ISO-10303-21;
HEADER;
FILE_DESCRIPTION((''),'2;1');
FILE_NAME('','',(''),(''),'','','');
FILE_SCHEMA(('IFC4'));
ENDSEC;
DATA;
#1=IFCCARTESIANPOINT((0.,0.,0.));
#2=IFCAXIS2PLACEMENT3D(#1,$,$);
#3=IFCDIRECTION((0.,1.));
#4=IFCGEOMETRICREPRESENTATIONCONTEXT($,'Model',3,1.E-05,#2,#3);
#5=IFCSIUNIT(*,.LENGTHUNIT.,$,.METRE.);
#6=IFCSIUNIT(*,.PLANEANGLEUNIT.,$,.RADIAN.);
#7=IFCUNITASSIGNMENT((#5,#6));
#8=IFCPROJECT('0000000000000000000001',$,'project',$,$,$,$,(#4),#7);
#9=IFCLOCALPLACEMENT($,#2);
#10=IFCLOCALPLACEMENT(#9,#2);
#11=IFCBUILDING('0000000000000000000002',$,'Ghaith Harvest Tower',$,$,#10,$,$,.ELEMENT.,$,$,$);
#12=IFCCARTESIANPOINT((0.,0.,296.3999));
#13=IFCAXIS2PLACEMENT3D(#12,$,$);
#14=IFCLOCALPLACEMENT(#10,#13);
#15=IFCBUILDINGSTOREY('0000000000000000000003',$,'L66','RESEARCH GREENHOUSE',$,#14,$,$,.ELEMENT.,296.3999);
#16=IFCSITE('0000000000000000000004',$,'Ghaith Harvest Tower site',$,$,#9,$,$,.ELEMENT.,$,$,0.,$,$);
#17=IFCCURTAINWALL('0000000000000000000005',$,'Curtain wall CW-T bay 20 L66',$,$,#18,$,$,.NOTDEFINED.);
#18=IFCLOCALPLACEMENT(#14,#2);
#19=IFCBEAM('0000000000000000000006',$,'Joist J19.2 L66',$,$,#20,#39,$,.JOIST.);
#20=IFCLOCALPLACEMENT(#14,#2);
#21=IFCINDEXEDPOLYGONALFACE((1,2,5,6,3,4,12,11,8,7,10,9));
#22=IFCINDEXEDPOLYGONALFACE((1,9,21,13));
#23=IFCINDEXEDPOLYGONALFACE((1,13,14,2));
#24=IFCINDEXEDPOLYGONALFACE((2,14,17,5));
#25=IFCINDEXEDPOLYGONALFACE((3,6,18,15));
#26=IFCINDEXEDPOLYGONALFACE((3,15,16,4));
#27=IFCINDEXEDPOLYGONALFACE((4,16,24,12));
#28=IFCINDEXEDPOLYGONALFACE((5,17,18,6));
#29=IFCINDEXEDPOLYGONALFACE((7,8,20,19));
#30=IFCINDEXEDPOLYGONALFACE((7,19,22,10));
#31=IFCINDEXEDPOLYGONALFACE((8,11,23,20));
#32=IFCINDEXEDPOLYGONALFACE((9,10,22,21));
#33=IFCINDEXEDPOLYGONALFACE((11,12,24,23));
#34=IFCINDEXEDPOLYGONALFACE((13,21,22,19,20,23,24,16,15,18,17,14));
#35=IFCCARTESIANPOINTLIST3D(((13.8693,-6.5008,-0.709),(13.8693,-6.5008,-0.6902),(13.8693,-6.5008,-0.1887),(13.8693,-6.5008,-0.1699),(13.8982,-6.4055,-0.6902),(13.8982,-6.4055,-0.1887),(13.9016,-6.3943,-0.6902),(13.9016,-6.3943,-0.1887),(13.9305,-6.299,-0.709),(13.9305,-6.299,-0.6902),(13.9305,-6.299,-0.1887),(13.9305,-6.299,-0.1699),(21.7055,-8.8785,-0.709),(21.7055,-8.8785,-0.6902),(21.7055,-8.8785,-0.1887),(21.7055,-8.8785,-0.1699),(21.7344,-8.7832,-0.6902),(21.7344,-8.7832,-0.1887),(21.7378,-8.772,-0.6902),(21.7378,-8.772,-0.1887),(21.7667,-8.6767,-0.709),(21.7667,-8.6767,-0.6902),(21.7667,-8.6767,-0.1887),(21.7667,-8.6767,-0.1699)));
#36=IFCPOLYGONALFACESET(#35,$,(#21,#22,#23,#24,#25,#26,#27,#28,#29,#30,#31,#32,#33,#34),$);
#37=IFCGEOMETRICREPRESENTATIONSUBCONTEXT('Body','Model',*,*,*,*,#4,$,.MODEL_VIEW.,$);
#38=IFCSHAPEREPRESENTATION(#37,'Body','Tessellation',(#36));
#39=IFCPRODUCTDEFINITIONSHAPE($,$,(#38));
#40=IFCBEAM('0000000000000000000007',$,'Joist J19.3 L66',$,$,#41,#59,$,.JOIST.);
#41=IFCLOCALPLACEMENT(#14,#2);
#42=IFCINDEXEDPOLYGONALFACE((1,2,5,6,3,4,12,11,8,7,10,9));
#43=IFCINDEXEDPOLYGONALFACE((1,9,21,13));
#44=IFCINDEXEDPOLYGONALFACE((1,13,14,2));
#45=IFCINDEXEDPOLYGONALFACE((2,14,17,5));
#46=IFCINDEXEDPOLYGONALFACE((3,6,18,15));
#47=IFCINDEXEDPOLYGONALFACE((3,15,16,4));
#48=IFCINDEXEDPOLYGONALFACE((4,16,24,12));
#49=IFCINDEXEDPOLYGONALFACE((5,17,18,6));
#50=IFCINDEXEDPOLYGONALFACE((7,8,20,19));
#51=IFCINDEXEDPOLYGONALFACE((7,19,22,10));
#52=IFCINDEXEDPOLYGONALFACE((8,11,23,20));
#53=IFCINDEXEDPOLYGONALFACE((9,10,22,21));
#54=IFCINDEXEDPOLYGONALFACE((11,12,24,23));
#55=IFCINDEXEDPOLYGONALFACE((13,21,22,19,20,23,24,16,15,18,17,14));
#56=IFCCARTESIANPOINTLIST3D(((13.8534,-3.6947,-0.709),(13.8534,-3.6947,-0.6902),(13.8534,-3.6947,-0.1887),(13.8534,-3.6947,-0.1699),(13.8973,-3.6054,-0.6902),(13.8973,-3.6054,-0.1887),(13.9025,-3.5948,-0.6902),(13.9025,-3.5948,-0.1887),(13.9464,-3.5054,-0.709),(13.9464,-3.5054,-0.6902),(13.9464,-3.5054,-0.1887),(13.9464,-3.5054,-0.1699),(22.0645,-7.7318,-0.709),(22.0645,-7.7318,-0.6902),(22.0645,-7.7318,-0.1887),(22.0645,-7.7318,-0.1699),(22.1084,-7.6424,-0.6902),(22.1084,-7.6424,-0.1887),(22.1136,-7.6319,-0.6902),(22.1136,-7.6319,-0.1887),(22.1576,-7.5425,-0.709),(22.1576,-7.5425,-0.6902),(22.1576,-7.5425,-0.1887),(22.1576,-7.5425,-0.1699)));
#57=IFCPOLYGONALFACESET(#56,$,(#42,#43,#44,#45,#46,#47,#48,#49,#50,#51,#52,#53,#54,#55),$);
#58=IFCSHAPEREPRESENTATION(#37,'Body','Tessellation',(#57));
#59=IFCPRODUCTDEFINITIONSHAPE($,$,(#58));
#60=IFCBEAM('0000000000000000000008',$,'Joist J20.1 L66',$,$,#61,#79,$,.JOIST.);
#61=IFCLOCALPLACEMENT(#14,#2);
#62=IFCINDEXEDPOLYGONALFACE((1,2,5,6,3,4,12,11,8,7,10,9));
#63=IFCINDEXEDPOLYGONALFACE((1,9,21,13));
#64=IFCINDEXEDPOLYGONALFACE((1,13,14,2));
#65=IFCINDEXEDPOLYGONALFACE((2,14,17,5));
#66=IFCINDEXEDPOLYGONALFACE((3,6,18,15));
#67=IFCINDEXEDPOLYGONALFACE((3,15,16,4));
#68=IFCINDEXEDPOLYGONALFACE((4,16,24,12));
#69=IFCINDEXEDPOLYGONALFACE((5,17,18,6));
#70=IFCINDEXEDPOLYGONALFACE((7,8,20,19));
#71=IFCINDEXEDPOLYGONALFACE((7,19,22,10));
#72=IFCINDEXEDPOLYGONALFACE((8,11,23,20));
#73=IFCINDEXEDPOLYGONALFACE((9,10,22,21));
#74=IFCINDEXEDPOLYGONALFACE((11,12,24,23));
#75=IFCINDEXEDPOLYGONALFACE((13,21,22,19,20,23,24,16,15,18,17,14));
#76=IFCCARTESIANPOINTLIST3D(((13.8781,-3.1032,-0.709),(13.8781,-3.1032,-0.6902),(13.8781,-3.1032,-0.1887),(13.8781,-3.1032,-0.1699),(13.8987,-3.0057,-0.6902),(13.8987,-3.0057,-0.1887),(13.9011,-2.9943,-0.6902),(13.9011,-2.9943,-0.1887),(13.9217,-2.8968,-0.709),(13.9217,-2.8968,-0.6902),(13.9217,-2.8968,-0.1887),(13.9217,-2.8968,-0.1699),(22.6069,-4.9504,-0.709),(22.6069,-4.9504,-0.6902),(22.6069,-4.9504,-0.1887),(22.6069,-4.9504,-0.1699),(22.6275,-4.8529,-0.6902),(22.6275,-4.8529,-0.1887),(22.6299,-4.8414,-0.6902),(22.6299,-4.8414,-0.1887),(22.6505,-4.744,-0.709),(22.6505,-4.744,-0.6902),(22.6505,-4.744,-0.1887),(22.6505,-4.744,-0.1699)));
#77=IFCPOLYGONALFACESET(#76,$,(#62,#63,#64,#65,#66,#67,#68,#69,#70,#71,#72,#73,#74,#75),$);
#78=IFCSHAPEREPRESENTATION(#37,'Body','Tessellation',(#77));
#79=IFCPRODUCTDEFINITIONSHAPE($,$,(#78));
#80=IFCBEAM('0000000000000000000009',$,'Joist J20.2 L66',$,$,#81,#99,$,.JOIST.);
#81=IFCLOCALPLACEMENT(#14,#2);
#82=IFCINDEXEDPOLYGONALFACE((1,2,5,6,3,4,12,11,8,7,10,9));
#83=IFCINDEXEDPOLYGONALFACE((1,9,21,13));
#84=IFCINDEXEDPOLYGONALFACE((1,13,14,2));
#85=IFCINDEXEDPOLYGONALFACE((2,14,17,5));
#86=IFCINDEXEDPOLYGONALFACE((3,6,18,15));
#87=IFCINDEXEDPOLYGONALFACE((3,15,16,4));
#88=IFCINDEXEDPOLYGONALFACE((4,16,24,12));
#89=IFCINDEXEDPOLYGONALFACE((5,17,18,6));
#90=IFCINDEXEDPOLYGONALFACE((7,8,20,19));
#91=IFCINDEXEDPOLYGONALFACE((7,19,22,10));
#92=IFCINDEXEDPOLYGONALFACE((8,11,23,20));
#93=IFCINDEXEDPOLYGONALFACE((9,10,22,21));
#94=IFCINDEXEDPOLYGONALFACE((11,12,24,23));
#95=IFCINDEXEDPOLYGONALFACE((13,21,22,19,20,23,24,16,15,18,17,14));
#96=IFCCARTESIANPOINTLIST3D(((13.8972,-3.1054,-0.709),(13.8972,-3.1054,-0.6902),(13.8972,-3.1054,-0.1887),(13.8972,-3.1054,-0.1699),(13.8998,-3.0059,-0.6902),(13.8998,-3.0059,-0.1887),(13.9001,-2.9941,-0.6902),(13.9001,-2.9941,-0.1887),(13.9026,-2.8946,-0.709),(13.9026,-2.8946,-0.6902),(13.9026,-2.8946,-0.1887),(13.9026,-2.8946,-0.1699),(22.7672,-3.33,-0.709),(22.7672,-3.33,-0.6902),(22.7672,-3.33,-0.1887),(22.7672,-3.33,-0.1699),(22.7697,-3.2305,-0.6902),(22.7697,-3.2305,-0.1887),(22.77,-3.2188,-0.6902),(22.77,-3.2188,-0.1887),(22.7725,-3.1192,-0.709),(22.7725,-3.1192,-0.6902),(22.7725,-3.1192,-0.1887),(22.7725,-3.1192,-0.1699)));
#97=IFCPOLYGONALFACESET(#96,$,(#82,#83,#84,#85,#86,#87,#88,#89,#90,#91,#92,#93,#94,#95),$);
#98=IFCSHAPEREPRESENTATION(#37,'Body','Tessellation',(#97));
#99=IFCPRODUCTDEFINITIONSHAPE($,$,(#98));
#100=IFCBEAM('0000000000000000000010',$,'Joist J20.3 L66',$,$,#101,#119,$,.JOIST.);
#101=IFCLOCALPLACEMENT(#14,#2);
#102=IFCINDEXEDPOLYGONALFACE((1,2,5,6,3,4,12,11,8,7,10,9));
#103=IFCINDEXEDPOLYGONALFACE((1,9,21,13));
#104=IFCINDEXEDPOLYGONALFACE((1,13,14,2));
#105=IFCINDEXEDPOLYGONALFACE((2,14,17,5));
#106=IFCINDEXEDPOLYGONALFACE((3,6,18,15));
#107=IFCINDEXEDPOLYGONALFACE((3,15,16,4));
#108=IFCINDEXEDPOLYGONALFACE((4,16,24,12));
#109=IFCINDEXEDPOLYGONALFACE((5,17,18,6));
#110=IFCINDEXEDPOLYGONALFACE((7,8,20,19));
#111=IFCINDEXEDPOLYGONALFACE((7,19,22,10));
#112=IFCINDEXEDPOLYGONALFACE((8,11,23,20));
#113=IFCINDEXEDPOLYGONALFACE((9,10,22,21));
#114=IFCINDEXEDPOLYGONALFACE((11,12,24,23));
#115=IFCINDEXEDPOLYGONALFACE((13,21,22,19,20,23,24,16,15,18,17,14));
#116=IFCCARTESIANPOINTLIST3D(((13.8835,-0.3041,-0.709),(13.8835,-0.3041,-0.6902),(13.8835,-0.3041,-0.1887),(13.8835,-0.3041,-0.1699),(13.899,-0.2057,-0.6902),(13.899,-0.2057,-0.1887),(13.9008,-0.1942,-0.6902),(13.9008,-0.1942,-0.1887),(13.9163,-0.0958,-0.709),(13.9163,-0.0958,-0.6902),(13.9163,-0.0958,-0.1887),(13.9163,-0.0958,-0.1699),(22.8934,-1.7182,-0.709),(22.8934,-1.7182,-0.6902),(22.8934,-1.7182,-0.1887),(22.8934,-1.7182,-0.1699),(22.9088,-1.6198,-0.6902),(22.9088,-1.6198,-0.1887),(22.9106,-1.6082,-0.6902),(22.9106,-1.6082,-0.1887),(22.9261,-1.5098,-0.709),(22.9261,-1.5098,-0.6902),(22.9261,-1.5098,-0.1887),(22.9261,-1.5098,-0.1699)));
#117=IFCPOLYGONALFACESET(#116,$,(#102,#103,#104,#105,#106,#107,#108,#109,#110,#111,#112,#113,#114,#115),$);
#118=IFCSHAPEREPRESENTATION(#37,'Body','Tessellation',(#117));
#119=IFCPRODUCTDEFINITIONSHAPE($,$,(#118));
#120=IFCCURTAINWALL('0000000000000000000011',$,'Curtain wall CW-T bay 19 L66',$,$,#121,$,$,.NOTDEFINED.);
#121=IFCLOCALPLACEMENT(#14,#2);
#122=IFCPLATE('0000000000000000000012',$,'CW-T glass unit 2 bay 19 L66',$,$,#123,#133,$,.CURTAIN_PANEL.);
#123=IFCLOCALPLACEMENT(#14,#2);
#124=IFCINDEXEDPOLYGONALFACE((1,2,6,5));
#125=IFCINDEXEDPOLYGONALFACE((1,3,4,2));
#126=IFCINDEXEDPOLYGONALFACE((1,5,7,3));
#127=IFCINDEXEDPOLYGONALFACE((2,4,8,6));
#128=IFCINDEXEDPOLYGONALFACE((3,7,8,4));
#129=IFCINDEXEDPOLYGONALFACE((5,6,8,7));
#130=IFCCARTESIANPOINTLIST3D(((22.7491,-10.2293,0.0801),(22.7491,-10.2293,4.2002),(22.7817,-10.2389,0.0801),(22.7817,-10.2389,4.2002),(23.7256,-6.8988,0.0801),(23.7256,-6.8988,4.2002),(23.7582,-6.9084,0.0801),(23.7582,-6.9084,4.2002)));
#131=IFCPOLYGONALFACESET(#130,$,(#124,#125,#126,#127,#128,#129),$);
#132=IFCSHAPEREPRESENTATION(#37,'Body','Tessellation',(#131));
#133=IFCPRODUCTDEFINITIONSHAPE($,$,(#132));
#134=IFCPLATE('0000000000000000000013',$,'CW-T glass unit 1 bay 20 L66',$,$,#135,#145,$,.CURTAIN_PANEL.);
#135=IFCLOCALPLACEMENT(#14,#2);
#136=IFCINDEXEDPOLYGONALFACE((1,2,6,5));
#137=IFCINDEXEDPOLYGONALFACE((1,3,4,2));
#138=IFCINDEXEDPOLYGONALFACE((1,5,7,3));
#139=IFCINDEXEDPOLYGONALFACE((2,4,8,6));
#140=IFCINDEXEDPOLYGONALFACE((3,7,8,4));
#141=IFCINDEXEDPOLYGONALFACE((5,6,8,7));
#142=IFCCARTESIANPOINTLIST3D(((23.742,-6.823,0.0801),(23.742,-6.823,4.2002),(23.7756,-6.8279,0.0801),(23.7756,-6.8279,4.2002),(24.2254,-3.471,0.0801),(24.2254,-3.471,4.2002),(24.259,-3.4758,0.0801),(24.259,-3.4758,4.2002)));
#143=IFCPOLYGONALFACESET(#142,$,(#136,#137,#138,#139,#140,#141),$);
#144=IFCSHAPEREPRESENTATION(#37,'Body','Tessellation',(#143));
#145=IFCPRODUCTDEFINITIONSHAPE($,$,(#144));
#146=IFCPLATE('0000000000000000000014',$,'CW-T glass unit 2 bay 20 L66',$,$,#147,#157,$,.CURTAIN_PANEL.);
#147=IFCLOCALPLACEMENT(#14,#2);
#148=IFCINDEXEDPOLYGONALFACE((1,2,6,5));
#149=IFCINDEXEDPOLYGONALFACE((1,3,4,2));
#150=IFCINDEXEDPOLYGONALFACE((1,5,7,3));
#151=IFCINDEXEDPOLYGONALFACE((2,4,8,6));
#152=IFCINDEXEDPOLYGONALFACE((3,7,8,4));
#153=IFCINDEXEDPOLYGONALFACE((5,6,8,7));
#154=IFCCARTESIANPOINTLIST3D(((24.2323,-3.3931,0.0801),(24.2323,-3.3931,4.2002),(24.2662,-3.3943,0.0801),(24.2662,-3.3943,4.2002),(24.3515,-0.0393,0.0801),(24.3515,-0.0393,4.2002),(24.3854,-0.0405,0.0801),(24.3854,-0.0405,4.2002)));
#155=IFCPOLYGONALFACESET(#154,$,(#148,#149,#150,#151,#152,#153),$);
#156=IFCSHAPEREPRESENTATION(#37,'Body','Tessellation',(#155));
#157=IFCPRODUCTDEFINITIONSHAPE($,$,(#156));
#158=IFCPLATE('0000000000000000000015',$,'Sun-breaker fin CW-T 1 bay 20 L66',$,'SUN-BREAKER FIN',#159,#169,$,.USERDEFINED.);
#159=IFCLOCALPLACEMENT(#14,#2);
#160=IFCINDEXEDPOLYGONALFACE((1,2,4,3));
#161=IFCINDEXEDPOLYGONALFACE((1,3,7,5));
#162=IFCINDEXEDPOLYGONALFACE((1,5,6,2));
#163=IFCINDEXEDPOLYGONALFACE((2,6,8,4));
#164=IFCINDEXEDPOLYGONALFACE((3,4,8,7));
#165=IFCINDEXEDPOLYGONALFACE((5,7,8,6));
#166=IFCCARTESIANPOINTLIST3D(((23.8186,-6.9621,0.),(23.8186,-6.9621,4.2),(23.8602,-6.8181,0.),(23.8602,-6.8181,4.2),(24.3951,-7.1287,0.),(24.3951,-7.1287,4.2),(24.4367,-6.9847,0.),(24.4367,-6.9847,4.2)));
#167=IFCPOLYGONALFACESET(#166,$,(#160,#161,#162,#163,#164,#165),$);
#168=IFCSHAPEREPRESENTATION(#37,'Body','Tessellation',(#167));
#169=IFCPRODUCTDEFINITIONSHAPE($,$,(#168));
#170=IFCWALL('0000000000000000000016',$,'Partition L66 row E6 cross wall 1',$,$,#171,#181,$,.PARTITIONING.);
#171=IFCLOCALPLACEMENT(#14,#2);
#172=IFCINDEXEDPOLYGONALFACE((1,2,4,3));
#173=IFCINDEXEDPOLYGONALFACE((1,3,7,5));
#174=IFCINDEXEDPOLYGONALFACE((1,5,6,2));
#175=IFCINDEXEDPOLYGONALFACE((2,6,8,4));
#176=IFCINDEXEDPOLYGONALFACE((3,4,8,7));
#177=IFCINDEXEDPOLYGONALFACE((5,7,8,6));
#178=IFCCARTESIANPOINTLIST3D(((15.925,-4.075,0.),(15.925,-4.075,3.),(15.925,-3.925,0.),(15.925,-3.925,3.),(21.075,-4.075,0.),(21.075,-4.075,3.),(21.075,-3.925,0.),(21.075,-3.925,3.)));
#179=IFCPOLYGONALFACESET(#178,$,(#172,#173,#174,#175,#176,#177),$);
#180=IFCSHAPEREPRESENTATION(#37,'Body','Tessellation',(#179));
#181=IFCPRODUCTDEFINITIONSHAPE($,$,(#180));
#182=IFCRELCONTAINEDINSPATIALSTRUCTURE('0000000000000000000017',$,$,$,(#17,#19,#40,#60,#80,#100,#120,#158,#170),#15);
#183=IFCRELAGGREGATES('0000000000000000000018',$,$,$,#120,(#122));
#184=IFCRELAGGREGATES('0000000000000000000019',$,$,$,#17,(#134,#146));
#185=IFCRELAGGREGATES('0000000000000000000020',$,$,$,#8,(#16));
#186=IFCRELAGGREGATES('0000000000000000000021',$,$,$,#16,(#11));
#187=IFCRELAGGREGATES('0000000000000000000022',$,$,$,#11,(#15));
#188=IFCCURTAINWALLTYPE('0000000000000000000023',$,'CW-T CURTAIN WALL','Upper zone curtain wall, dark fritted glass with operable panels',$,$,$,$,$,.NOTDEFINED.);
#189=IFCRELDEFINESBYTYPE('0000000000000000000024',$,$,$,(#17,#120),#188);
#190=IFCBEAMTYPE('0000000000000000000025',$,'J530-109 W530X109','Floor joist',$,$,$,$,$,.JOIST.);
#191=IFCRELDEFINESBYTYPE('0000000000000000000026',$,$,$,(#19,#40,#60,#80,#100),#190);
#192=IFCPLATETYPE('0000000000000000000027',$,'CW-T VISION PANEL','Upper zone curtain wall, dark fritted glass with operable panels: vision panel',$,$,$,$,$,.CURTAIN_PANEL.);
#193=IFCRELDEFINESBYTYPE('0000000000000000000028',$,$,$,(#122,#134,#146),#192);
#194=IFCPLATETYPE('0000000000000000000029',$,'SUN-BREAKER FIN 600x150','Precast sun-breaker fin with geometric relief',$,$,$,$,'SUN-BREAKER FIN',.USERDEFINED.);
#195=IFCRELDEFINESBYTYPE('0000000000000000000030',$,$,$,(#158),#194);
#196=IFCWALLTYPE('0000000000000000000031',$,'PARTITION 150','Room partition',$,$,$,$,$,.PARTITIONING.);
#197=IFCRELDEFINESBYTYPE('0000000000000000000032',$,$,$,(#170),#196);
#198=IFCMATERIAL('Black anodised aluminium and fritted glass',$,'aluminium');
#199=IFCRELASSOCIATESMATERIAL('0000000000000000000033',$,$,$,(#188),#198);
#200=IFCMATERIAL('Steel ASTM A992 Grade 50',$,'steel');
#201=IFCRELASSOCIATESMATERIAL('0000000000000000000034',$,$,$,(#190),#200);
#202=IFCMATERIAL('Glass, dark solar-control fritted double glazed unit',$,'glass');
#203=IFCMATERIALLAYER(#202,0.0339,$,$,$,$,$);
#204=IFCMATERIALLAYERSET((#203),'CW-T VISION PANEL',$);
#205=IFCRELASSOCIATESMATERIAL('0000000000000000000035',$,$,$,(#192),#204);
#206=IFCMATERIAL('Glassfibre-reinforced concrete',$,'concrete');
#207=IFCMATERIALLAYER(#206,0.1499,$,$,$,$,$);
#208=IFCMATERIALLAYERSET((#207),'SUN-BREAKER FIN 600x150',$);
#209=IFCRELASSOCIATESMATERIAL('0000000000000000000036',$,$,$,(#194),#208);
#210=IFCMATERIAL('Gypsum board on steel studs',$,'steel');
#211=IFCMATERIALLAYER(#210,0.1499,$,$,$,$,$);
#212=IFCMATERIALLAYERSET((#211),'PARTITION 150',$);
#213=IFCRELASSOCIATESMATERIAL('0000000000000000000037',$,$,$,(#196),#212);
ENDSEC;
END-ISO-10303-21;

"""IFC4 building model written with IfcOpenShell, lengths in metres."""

from ifc_helpers import new_model, si_unit, direction, frame, frame_2d, origin, origin_2d, place, context, subcontext, project, spatial, rectangle, i_section, extrude, material, layer, layer_set, material_profile, profile_set, type_object, element, aggregate, save


model = new_model("IFC4")

# Units and contexts
model_context = context("Model", 3, precision=1e-05, world=origin(), true_north=direction((0.0, 1.0)))
body_context = subcontext(model_context, "Body", "Model", "MODEL_VIEW")
ifc_project = project(units=[si_unit("LENGTHUNIT", "METRE"), si_unit("PLANEANGLEUNIT", "RADIAN")], contexts=[model_context])

# Site, building, storey
site_placement = place(None, origin())
site = spatial("IfcSite", under=ifc_project, at=site_placement, Name="Ghaith Harvest Tower site", CompositionType="ELEMENT", RefElevation=0.0)
building_placement = place(site_placement, origin())
building = spatial("IfcBuilding", under=site, at=building_placement, Name="Ghaith Harvest Tower", CompositionType="ELEMENT")
storey_placement = place(building_placement, frame((0.0, 0.0, 296.3999)))
storey = spatial("IfcBuildingStorey", under=building, at=storey_placement, Name="L66", Description="RESEARCH GREENHOUSE", CompositionType="ELEMENT", Elevation=296.3999)

# Curtain wall
ifc_material_1 = material(Name="Black anodised aluminium and fritted glass", Category="aluminium")
curtain_wall_type = type_object("IfcCurtainWallType", Name="CW-T CURTAIN WALL", Description="Upper zone curtain wall, dark fritted glass with operable panels", PredefinedType="NOTDEFINED", material=ifc_material_1)
curtain_wall_1_placement = place(storey_placement, origin())
curtain_wall_1 = element("IfcCurtainWall", 1, at=curtain_wall_1_placement, inside=storey, type_object=curtain_wall_type, Name="Curtain wall CW-T bay 20 L66", PredefinedType="NOTDEFINED")

# Beams
ifc_material_2 = material(Name="Steel ASTM A992 Grade 50", Category="steel")
ifc_material_profile_1 = material_profile(ifc_material_2, i_section(OverallWidth=0.2109, OverallDepth=0.5391, WebThickness=0.0117, FlangeThickness=0.0188, at=origin_2d()), Name="W530X109")
ifc_profile_set_1 = profile_set([ifc_material_profile_1], Name="Steel ASTM A992 Grade 50")
beam_type_1 = type_object("IfcBeamType", Name="J530-109 W530X109", Description="Floor joist", PredefinedType="JOIST", material=ifc_profile_set_1)
beam_1_placement = place(storey_placement, frame((13.8999, -6.3999, -0.4395), z_axis=(0.95692, -0.290352, 0.0), x_axis=(0.290352, 0.95692, 0.0)))
element("IfcBeam", 2, at=beam_1_placement, inside=storey, type_object=beam_type_1, Name="Joist J19.2 L66", PredefinedType="JOIST", context=body_context, shape_type="SweptSolid", body=[
    extrude(i_section(OverallWidth=0.2109, OverallDepth=0.5391, WebThickness=0.0117, FlangeThickness=0.0188, at=origin_2d()), origin(), (0.0, 0.0, 1.0), 8.189),
])
beam_2_placement = place(storey_placement, frame((13.8999, -3.6001, -0.4395), z_axis=(0.897401, -0.441216, 0.0), x_axis=(0.441216, 0.897401, 0.0)))
element("IfcBeam", 3, at=beam_2_placement, inside=storey, type_object=beam_type_1, Name="Joist J19.3 L66", PredefinedType="JOIST", context=body_context, shape_type="SweptSolid", body=[
    extrude(i_section(OverallWidth=0.2109, OverallDepth=0.5391, WebThickness=0.0117, FlangeThickness=0.0188, at=origin_2d()), origin(), (0.0, 0.0, 1.0), 9.1499),
])
beam_3_placement = place(storey_placement, frame((13.8999, -3.0, -0.4395), z_axis=(0.978334, -0.207034, 0.0), x_axis=(0.207034, 0.978334, 0.0)))
element("IfcBeam", 4, at=beam_3_placement, inside=storey, type_object=beam_type_1, Name="Joist J20.1 L66", PredefinedType="JOIST", context=body_context, shape_type="SweptSolid", body=[
    extrude(i_section(OverallWidth=0.2109, OverallDepth=0.5391, WebThickness=0.0117, FlangeThickness=0.0188, at=origin_2d()), origin(), (0.0, 0.0, 1.0), 8.9221),
])
beam_4_placement = place(storey_placement, frame((13.8999, -3.0, -0.4395), z_axis=(0.99968, -0.025315, 0.0), x_axis=(0.025315, 0.99968, 0.0)))
element("IfcBeam", 5, at=beam_4_placement, inside=storey, type_object=beam_type_1, Name="Joist J20.2 L66", PredefinedType="JOIST", context=body_context, shape_type="SweptSolid", body=[
    extrude(i_section(OverallWidth=0.2109, OverallDepth=0.5391, WebThickness=0.0117, FlangeThickness=0.0188, at=origin_2d()), origin(), (0.0, 0.0, 1.0), 8.8728),
])
beam_5_placement = place(storey_placement, frame((13.8999, -0.2, -0.4395), z_axis=(0.987907, -0.15505, 0.0), x_axis=(0.15505, 0.987907, 0.0)))
element("IfcBeam", 6, at=beam_5_placement, inside=storey, type_object=beam_type_1, Name="Joist J20.3 L66", PredefinedType="JOIST", context=body_context, shape_type="SweptSolid", body=[
    extrude(i_section(OverallWidth=0.2109, OverallDepth=0.5391, WebThickness=0.0117, FlangeThickness=0.0188, at=origin_2d()), origin(), (0.0, 0.0, 1.0), 9.1201),
])

# Curtain wall, plate
curtain_wall_2_placement = place(storey_placement, origin())
curtain_wall_2 = element("IfcCurtainWall", 7, at=curtain_wall_2_placement, inside=storey, type_object=curtain_wall_type, Name="Curtain wall CW-T bay 19 L66", PredefinedType="NOTDEFINED")
ifc_material_3 = material(Name="Glass, dark solar-control fritted double glazed unit", Category="glass")
ifc_layer_1 = layer(ifc_material_3, 0.0339)
ifc_layer_set_1 = layer_set([ifc_layer_1], Name="CW-T VISION PANEL")
plate_type_1 = type_object("IfcPlateType", Name="CW-T VISION PANEL", Description="Upper zone curtain wall, dark fritted glass with operable panels: vision panel", PredefinedType="CURTAIN_PANEL", material=ifc_layer_set_1)
plate_1_placement = place(storey_placement, frame((23.2537, -8.5688, 0.0801), z_axis=(0.0, 0.0, 1.0), x_axis=(0.281345, 0.959607, 0.0)))
plate_1 = element("IfcPlate", 8, at=plate_1_placement, type_object=plate_type_1, Name="CW-T glass unit 2 bay 19 L66", PredefinedType="CURTAIN_PANEL", context=body_context, shape_type="SweptSolid", body=[
    extrude(rectangle(XDim=3.4707, YDim=0.0339, at=origin_2d()), origin(), (0.0, 0.0, 1.0), 4.1201),
])
aggregate(curtain_wall_2, [plate_1])

# Plates
plate_2_placement = place(storey_placement, frame((24.0005, -5.1494, 0.0801), z_axis=(0.0, 0.0, 1.0), x_axis=(0.14273, 0.989762, 0.0)))
plate_2 = element("IfcPlate", 9, at=plate_2_placement, type_object=plate_type_1, Name="CW-T glass unit 1 bay 20 L66", PredefinedType="CURTAIN_PANEL", context=body_context, shape_type="SweptSolid", body=[
    extrude(rectangle(XDim=3.3867, YDim=0.0339, at=origin_2d()), origin(), (0.0, 0.0, 1.0), 4.1201),
])
plate_3_placement = place(storey_placement, frame((24.3088, -1.7168, 0.0801), z_axis=(0.0, 0.0, 1.0), x_axis=(0.035536, 0.999368, 0.0)))
plate_3 = element("IfcPlate", 10, at=plate_3_placement, type_object=plate_type_1, Name="CW-T glass unit 2 bay 20 L66", PredefinedType="CURTAIN_PANEL", context=body_context, shape_type="SweptSolid", body=[
    extrude(rectangle(XDim=3.356, YDim=0.0339, at=origin_2d()), origin(), (0.0, 0.0, 1.0), 4.1201),
])
aggregate(curtain_wall_1, [plate_2, plate_3])
ifc_material_4 = material(Name="Glassfibre-reinforced concrete", Category="concrete")
ifc_layer_2 = layer(ifc_material_4, 0.1499)
ifc_layer_set_2 = layer_set([ifc_layer_2], Name="SUN-BREAKER FIN 600x150")
plate_type_2 = type_object("IfcPlateType", Name="SUN-BREAKER FIN 600x150", Description="Precast sun-breaker fin with geometric relief", ElementType="SUN-BREAKER FIN", PredefinedType="USERDEFINED", material=ifc_layer_set_2)
plate_4_placement = place(storey_placement, frame((24.1277, -6.9734, 0.0), z_axis=(0.0, 0.0, 1.0), x_axis=(0.96068, -0.277657, 0.0)))
element("IfcPlate", 11, at=plate_4_placement, inside=storey, type_object=plate_type_2, Name="Sun-breaker fin CW-T 1 bay 20 L66", ObjectType="SUN-BREAKER FIN", PredefinedType="USERDEFINED", context=body_context, shape_type="SweptSolid", body=[
    extrude(rectangle(XDim=0.6001, YDim=0.1499, at=origin_2d()), origin(), (0.0, 0.0, 1.0), 4.2),
])

# Wall
ifc_material_5 = material(Name="Gypsum board on steel studs", Category="steel")
ifc_layer_3 = layer(ifc_material_5, 0.1499)
ifc_layer_set_3 = layer_set([ifc_layer_3], Name="PARTITION 150")
wall_type_1 = type_object("IfcWallType", Name="PARTITION 150", Description="Room partition", PredefinedType="PARTITIONING", material=ifc_layer_set_3)
wall_1_placement = place(storey_placement, frame((15.925, -4.0, 0.0), z_axis=(0.0, 0.0, 1.0), x_axis=(1.0, 0.0, 0.0)))
element("IfcWall", 12, at=wall_1_placement, inside=storey, type_object=wall_type_1, Name="Partition L66 row E6 cross wall 1", PredefinedType="PARTITIONING", context=body_context, shape_type="SweptSolid", body=[
    extrude(rectangle(XDim=5.1499, YDim=0.1499, at=frame_2d((2.575, 0.0))), origin(), (0.0, 0.0, 1.0), 3.0),
])

save(model, "model.ifc")
